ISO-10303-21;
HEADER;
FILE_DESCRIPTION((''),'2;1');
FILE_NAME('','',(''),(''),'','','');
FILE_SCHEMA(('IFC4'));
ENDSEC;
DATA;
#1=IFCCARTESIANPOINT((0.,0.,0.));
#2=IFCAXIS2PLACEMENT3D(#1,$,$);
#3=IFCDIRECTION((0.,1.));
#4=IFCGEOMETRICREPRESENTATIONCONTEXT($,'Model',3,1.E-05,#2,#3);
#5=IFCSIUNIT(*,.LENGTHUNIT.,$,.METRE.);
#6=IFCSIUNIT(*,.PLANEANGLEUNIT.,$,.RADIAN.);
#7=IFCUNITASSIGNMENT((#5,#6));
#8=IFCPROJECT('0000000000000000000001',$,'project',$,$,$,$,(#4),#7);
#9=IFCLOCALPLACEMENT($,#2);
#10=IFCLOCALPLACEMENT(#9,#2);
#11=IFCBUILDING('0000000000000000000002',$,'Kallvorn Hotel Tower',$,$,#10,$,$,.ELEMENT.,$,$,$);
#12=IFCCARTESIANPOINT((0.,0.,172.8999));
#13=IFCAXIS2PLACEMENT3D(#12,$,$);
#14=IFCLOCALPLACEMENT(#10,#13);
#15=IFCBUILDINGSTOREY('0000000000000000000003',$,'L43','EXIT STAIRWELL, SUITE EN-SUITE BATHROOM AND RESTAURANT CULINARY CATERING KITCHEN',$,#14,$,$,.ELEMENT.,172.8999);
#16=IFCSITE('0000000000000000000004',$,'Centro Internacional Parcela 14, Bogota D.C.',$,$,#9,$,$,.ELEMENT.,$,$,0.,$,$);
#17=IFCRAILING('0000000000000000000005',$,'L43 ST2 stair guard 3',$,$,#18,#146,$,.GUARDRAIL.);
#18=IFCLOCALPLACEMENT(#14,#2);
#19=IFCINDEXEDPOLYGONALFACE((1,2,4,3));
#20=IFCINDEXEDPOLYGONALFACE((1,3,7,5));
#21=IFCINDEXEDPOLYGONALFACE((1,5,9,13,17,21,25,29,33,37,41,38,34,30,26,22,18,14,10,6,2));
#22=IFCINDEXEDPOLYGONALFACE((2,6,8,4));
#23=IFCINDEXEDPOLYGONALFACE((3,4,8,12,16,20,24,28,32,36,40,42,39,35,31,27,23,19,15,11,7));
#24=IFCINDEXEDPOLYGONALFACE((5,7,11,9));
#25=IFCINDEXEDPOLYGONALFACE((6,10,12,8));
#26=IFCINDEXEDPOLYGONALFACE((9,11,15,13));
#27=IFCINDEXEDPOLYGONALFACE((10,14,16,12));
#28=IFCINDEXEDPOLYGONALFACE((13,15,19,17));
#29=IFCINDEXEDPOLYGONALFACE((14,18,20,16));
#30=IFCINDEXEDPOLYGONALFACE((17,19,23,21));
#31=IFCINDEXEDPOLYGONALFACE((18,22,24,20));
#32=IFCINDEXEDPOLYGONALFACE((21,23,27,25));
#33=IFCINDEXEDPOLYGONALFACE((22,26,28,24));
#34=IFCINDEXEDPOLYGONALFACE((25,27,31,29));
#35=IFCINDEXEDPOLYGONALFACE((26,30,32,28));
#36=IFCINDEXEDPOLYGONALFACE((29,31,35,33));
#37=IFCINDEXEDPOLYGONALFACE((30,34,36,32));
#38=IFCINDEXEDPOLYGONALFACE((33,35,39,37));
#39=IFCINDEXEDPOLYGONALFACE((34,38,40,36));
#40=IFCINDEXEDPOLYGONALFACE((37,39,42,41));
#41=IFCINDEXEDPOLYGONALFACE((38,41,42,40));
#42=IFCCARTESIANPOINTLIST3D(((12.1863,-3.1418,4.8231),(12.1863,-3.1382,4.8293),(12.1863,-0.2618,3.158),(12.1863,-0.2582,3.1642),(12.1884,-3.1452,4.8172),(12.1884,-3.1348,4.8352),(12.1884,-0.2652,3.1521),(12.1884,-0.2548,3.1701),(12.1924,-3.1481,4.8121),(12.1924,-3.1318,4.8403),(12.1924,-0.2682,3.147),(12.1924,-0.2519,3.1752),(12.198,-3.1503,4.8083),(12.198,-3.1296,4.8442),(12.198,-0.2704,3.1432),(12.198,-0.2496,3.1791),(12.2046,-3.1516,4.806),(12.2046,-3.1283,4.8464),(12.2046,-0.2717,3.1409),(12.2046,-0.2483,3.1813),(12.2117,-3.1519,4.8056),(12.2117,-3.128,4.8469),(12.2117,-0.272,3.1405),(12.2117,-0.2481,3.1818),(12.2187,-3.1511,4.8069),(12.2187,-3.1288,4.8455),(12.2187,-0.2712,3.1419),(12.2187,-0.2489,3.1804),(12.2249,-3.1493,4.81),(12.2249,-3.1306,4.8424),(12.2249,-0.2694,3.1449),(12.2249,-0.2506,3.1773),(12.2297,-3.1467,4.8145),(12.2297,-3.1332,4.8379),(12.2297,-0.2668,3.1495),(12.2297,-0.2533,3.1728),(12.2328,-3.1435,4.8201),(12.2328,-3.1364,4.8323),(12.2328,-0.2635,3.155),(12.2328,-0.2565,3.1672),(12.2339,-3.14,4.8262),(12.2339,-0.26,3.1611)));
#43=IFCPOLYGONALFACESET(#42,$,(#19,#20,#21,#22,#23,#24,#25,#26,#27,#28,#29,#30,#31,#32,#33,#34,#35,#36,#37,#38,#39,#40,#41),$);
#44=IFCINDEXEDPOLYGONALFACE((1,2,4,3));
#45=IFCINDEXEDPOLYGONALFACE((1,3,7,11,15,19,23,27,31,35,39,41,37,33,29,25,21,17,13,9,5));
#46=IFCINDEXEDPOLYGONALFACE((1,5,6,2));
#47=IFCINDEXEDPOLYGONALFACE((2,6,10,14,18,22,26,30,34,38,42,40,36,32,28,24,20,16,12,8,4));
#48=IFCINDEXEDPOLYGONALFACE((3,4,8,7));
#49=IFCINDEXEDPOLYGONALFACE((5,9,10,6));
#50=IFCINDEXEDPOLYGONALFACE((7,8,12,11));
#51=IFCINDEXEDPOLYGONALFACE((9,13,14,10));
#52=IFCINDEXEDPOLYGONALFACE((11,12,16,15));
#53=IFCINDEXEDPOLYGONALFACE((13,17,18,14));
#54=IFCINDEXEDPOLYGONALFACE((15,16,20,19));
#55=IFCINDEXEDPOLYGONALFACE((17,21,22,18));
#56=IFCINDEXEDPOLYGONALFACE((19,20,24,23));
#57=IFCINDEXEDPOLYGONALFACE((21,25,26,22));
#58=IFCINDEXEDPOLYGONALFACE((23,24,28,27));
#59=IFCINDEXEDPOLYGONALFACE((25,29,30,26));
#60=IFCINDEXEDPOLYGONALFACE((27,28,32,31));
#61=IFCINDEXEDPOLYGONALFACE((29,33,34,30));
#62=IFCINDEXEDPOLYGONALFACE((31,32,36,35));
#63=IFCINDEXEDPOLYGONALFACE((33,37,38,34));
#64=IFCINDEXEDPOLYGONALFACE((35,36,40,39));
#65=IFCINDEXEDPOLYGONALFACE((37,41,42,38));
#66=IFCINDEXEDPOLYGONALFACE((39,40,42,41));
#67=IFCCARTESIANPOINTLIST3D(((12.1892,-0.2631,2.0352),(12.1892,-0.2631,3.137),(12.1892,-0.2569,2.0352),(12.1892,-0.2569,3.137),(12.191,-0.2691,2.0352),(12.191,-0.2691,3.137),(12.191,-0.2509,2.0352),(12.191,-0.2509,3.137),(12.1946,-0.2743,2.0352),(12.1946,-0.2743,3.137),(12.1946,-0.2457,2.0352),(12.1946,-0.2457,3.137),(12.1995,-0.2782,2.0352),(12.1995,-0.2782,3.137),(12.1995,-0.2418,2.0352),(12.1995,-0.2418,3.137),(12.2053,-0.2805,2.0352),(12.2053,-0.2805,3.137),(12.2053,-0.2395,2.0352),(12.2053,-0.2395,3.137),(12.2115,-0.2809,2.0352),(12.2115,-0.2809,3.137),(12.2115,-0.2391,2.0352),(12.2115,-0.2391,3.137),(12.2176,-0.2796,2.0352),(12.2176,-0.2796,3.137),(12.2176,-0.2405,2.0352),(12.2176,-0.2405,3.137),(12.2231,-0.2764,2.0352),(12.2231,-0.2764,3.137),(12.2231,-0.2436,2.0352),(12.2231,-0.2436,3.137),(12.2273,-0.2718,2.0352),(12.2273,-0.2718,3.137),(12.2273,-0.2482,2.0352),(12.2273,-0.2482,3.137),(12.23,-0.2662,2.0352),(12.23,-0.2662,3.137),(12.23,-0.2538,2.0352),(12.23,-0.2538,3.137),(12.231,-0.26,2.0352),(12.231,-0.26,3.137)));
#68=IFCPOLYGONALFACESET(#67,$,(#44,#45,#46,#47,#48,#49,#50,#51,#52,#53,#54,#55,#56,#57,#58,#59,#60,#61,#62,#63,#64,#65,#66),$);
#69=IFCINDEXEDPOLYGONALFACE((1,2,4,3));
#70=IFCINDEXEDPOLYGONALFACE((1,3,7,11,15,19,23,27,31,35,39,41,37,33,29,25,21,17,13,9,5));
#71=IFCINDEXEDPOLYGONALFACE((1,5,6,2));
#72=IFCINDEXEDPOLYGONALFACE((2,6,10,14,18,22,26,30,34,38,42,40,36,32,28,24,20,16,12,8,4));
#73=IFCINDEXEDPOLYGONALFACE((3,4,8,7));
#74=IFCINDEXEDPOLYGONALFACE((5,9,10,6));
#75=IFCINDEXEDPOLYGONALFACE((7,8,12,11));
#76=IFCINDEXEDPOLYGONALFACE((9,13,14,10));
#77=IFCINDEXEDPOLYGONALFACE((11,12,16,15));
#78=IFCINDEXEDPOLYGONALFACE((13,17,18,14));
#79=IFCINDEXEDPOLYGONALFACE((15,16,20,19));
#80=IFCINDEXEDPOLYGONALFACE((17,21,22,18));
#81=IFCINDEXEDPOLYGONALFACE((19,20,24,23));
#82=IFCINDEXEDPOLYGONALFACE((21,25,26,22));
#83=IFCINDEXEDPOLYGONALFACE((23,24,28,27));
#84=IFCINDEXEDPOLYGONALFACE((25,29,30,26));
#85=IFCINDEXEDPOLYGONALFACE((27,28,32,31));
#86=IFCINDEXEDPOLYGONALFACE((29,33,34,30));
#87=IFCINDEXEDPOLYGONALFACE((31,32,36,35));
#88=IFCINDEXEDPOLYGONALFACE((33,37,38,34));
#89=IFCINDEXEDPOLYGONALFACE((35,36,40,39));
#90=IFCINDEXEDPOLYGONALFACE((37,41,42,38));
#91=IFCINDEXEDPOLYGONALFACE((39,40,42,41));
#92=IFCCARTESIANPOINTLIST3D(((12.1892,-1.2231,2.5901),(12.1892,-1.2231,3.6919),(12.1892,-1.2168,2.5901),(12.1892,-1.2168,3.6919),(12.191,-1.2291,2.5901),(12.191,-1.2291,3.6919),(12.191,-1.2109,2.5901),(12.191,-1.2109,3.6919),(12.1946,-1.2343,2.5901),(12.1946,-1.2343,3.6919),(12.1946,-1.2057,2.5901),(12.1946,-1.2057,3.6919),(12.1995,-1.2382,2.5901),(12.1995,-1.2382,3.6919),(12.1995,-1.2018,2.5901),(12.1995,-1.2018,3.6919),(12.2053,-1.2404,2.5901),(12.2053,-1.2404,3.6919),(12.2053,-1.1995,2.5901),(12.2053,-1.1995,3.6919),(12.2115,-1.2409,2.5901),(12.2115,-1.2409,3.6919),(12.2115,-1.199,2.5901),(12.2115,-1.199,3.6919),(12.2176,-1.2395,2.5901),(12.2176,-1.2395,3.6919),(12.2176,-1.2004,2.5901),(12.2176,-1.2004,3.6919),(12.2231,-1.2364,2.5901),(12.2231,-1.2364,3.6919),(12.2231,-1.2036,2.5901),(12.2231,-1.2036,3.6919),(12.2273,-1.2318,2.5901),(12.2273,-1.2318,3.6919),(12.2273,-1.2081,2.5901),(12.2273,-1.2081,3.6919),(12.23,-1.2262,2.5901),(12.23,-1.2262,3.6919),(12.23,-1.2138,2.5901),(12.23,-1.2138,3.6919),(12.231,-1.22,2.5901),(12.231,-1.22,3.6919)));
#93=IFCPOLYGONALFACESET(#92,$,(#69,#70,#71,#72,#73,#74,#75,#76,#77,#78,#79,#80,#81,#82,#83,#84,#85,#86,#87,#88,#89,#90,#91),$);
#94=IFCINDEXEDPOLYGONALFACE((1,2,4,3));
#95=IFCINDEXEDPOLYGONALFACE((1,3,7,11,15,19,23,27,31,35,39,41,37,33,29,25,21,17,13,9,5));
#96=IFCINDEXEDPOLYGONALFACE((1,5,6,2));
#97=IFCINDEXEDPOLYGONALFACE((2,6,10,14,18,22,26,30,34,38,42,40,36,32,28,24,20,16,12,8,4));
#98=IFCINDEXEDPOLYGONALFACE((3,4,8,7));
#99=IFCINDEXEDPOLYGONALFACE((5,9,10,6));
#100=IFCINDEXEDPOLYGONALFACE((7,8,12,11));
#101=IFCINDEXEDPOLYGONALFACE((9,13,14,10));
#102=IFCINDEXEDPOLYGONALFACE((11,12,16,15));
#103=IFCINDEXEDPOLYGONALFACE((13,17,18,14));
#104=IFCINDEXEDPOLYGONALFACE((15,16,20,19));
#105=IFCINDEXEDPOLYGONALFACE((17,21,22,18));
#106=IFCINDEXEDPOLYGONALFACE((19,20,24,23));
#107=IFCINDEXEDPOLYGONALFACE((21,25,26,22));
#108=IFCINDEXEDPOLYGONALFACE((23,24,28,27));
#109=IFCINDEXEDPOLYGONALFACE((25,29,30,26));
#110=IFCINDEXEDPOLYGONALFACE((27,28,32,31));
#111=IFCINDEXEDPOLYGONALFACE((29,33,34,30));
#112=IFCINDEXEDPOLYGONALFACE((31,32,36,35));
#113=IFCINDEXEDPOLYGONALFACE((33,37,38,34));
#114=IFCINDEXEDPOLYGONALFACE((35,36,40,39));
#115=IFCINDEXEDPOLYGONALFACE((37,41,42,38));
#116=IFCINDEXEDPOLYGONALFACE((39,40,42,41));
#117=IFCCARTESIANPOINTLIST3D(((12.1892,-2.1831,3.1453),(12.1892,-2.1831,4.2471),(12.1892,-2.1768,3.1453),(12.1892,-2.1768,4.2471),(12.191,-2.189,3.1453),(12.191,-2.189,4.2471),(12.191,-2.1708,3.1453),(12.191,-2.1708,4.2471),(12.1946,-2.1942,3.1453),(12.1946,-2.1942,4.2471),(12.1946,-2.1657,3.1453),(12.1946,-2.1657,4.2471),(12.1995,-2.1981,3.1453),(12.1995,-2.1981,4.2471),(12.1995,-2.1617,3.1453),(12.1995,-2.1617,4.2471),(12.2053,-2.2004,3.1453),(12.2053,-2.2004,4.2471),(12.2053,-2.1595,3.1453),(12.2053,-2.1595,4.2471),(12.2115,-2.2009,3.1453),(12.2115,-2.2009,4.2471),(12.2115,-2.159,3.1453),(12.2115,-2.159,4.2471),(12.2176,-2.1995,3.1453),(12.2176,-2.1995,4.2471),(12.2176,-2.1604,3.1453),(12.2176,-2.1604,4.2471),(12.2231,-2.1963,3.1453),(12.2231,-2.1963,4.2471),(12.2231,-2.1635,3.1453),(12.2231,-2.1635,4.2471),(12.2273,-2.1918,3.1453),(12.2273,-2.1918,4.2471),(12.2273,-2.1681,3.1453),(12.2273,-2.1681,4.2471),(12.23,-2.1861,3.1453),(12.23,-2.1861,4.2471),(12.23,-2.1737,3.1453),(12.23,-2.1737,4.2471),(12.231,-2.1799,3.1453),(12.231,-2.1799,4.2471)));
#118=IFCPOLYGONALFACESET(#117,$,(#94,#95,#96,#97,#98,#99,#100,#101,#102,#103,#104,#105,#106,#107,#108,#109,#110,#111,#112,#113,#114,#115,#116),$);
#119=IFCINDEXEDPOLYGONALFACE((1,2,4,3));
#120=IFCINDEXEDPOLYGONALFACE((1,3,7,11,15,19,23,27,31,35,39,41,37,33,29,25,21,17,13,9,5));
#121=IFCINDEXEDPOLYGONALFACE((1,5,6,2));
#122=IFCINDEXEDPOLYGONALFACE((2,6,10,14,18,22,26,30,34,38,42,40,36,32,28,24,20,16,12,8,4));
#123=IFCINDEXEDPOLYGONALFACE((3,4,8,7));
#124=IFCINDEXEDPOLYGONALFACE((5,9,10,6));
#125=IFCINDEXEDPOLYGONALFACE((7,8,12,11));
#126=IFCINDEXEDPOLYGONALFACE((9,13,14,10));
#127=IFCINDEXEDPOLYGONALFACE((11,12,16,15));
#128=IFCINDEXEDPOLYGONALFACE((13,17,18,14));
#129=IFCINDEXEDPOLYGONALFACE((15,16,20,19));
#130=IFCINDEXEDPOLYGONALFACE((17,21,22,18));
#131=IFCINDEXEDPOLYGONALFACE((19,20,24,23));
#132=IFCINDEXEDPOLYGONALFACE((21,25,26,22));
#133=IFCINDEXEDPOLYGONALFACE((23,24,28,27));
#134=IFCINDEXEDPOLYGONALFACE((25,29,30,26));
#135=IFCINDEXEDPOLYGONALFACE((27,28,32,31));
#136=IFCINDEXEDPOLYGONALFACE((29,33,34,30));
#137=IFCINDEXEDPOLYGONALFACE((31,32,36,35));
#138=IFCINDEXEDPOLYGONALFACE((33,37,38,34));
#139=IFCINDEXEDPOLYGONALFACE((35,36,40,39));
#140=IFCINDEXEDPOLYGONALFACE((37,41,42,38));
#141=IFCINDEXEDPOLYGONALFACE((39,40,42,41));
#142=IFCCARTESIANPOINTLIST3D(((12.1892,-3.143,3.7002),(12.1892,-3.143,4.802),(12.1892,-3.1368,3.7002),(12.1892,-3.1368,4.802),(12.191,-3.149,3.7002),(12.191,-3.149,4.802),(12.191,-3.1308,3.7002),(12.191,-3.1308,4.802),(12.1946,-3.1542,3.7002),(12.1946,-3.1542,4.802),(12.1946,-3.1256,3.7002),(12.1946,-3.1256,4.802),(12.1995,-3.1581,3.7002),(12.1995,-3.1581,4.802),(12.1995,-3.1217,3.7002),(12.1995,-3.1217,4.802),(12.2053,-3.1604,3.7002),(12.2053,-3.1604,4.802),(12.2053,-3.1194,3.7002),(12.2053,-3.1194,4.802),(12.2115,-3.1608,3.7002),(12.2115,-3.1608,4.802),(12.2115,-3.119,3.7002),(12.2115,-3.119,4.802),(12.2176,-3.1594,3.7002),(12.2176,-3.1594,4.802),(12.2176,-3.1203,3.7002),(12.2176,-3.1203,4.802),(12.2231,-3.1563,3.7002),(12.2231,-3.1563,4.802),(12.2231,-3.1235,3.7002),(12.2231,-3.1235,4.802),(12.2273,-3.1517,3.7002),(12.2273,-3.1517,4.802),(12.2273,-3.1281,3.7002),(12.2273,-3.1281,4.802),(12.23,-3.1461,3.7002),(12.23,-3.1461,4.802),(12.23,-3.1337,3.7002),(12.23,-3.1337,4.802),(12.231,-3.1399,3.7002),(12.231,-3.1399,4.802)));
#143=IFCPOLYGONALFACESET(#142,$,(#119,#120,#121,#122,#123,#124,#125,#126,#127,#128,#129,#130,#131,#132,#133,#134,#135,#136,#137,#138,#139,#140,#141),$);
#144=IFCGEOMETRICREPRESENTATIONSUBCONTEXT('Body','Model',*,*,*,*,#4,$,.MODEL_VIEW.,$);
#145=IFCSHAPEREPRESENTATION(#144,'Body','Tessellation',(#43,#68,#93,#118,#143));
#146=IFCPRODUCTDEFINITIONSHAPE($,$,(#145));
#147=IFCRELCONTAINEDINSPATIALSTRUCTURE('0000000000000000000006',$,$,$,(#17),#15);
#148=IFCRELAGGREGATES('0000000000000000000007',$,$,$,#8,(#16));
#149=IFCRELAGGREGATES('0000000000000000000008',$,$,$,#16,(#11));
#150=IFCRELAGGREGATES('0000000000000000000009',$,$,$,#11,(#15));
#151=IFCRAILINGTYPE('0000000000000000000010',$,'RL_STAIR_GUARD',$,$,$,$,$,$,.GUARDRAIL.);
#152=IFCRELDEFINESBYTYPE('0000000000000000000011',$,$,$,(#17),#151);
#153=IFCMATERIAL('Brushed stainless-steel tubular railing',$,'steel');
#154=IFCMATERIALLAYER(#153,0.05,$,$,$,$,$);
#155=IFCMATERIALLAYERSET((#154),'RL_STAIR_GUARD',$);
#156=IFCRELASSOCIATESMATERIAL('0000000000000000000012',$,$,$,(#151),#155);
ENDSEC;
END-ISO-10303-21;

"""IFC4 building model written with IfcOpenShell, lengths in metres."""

from ifc_helpers import new_model, si_unit, direction, frame, origin, origin_2d, place, context, subcontext, project, spatial, circle, extrude, material, layer, layer_set, type_object, element, save


model = new_model("IFC4")

# Units and contexts
model_context = context("Model", 3, precision=1e-05, world=origin(), true_north=direction((0.0, 1.0)))
body_context = subcontext(model_context, "Body", "Model", "MODEL_VIEW")
ifc_project = project(units=[si_unit("LENGTHUNIT", "METRE"), si_unit("PLANEANGLEUNIT", "RADIAN")], contexts=[model_context])

# Site, building, storey
site_placement = place(None, origin())
site = spatial("IfcSite", under=ifc_project, at=site_placement, Name="Centro Internacional Parcela 14, Bogota D.C.", CompositionType="ELEMENT", RefElevation=0.0)
building_placement = place(site_placement, origin())
building = spatial("IfcBuilding", under=site, at=building_placement, Name="Kallvorn Hotel Tower", CompositionType="ELEMENT")
storey_placement = place(building_placement, frame((0.0, 0.0, 172.8999)))
storey = spatial("IfcBuildingStorey", under=building, at=storey_placement, Name="L43", Description="EXIT STAIRWELL, SUITE EN-SUITE BATHROOM AND RESTAURANT CULINARY CATERING KITCHEN", CompositionType="ELEMENT", Elevation=172.8999)

# Railing
ifc_material_1 = material(Name="Brushed stainless-steel tubular railing", Category="steel")
ifc_layer_1 = layer(ifc_material_1, 0.05)
ifc_layer_set_1 = layer_set([ifc_layer_1], Name="RL_STAIR_GUARD")
railing_type = type_object("IfcRailingType", Name="RL_STAIR_GUARD", PredefinedType="GUARDRAIL", material=ifc_layer_set_1)
railing_1_placement = place(storey_placement, frame((12.21, -0.26, 2.0352)))
element("IfcRailing", 1, at=railing_1_placement, inside=storey, type_object=railing_type, Name="L43 ST2 stair guard 3", PredefinedType="GUARDRAIL", context=body_context, shape_type="SweptSolid", body=[
    extrude(circle(Radius=0.0239, at=origin_2d()), frame((0.0, 0.0, 1.126), z_axis=(0.0, -0.865721, 0.500527), x_axis=(1.0, 0.0, 0.0)), (0.0, 0.0, 1.0), 3.3267),
    extrude(circle(Radius=0.021, at=origin_2d()), origin(), (0.0, 0.0, 1.0), 1.1018),
    extrude(circle(Radius=0.021, at=origin_2d()), frame((0.0, -0.96, 0.5549)), (0.0, 0.0, 1.0), 1.1018),
    extrude(circle(Radius=0.021, at=origin_2d()), frame((0.0, -1.9199, 1.1101)), (0.0, 0.0, 1.0), 1.1018),
    extrude(circle(Radius=0.021, at=origin_2d()), frame((0.0, -2.8799, 1.665)), (0.0, 0.0, 1.0), 1.1018),
])

save(model, "model.ifc")
